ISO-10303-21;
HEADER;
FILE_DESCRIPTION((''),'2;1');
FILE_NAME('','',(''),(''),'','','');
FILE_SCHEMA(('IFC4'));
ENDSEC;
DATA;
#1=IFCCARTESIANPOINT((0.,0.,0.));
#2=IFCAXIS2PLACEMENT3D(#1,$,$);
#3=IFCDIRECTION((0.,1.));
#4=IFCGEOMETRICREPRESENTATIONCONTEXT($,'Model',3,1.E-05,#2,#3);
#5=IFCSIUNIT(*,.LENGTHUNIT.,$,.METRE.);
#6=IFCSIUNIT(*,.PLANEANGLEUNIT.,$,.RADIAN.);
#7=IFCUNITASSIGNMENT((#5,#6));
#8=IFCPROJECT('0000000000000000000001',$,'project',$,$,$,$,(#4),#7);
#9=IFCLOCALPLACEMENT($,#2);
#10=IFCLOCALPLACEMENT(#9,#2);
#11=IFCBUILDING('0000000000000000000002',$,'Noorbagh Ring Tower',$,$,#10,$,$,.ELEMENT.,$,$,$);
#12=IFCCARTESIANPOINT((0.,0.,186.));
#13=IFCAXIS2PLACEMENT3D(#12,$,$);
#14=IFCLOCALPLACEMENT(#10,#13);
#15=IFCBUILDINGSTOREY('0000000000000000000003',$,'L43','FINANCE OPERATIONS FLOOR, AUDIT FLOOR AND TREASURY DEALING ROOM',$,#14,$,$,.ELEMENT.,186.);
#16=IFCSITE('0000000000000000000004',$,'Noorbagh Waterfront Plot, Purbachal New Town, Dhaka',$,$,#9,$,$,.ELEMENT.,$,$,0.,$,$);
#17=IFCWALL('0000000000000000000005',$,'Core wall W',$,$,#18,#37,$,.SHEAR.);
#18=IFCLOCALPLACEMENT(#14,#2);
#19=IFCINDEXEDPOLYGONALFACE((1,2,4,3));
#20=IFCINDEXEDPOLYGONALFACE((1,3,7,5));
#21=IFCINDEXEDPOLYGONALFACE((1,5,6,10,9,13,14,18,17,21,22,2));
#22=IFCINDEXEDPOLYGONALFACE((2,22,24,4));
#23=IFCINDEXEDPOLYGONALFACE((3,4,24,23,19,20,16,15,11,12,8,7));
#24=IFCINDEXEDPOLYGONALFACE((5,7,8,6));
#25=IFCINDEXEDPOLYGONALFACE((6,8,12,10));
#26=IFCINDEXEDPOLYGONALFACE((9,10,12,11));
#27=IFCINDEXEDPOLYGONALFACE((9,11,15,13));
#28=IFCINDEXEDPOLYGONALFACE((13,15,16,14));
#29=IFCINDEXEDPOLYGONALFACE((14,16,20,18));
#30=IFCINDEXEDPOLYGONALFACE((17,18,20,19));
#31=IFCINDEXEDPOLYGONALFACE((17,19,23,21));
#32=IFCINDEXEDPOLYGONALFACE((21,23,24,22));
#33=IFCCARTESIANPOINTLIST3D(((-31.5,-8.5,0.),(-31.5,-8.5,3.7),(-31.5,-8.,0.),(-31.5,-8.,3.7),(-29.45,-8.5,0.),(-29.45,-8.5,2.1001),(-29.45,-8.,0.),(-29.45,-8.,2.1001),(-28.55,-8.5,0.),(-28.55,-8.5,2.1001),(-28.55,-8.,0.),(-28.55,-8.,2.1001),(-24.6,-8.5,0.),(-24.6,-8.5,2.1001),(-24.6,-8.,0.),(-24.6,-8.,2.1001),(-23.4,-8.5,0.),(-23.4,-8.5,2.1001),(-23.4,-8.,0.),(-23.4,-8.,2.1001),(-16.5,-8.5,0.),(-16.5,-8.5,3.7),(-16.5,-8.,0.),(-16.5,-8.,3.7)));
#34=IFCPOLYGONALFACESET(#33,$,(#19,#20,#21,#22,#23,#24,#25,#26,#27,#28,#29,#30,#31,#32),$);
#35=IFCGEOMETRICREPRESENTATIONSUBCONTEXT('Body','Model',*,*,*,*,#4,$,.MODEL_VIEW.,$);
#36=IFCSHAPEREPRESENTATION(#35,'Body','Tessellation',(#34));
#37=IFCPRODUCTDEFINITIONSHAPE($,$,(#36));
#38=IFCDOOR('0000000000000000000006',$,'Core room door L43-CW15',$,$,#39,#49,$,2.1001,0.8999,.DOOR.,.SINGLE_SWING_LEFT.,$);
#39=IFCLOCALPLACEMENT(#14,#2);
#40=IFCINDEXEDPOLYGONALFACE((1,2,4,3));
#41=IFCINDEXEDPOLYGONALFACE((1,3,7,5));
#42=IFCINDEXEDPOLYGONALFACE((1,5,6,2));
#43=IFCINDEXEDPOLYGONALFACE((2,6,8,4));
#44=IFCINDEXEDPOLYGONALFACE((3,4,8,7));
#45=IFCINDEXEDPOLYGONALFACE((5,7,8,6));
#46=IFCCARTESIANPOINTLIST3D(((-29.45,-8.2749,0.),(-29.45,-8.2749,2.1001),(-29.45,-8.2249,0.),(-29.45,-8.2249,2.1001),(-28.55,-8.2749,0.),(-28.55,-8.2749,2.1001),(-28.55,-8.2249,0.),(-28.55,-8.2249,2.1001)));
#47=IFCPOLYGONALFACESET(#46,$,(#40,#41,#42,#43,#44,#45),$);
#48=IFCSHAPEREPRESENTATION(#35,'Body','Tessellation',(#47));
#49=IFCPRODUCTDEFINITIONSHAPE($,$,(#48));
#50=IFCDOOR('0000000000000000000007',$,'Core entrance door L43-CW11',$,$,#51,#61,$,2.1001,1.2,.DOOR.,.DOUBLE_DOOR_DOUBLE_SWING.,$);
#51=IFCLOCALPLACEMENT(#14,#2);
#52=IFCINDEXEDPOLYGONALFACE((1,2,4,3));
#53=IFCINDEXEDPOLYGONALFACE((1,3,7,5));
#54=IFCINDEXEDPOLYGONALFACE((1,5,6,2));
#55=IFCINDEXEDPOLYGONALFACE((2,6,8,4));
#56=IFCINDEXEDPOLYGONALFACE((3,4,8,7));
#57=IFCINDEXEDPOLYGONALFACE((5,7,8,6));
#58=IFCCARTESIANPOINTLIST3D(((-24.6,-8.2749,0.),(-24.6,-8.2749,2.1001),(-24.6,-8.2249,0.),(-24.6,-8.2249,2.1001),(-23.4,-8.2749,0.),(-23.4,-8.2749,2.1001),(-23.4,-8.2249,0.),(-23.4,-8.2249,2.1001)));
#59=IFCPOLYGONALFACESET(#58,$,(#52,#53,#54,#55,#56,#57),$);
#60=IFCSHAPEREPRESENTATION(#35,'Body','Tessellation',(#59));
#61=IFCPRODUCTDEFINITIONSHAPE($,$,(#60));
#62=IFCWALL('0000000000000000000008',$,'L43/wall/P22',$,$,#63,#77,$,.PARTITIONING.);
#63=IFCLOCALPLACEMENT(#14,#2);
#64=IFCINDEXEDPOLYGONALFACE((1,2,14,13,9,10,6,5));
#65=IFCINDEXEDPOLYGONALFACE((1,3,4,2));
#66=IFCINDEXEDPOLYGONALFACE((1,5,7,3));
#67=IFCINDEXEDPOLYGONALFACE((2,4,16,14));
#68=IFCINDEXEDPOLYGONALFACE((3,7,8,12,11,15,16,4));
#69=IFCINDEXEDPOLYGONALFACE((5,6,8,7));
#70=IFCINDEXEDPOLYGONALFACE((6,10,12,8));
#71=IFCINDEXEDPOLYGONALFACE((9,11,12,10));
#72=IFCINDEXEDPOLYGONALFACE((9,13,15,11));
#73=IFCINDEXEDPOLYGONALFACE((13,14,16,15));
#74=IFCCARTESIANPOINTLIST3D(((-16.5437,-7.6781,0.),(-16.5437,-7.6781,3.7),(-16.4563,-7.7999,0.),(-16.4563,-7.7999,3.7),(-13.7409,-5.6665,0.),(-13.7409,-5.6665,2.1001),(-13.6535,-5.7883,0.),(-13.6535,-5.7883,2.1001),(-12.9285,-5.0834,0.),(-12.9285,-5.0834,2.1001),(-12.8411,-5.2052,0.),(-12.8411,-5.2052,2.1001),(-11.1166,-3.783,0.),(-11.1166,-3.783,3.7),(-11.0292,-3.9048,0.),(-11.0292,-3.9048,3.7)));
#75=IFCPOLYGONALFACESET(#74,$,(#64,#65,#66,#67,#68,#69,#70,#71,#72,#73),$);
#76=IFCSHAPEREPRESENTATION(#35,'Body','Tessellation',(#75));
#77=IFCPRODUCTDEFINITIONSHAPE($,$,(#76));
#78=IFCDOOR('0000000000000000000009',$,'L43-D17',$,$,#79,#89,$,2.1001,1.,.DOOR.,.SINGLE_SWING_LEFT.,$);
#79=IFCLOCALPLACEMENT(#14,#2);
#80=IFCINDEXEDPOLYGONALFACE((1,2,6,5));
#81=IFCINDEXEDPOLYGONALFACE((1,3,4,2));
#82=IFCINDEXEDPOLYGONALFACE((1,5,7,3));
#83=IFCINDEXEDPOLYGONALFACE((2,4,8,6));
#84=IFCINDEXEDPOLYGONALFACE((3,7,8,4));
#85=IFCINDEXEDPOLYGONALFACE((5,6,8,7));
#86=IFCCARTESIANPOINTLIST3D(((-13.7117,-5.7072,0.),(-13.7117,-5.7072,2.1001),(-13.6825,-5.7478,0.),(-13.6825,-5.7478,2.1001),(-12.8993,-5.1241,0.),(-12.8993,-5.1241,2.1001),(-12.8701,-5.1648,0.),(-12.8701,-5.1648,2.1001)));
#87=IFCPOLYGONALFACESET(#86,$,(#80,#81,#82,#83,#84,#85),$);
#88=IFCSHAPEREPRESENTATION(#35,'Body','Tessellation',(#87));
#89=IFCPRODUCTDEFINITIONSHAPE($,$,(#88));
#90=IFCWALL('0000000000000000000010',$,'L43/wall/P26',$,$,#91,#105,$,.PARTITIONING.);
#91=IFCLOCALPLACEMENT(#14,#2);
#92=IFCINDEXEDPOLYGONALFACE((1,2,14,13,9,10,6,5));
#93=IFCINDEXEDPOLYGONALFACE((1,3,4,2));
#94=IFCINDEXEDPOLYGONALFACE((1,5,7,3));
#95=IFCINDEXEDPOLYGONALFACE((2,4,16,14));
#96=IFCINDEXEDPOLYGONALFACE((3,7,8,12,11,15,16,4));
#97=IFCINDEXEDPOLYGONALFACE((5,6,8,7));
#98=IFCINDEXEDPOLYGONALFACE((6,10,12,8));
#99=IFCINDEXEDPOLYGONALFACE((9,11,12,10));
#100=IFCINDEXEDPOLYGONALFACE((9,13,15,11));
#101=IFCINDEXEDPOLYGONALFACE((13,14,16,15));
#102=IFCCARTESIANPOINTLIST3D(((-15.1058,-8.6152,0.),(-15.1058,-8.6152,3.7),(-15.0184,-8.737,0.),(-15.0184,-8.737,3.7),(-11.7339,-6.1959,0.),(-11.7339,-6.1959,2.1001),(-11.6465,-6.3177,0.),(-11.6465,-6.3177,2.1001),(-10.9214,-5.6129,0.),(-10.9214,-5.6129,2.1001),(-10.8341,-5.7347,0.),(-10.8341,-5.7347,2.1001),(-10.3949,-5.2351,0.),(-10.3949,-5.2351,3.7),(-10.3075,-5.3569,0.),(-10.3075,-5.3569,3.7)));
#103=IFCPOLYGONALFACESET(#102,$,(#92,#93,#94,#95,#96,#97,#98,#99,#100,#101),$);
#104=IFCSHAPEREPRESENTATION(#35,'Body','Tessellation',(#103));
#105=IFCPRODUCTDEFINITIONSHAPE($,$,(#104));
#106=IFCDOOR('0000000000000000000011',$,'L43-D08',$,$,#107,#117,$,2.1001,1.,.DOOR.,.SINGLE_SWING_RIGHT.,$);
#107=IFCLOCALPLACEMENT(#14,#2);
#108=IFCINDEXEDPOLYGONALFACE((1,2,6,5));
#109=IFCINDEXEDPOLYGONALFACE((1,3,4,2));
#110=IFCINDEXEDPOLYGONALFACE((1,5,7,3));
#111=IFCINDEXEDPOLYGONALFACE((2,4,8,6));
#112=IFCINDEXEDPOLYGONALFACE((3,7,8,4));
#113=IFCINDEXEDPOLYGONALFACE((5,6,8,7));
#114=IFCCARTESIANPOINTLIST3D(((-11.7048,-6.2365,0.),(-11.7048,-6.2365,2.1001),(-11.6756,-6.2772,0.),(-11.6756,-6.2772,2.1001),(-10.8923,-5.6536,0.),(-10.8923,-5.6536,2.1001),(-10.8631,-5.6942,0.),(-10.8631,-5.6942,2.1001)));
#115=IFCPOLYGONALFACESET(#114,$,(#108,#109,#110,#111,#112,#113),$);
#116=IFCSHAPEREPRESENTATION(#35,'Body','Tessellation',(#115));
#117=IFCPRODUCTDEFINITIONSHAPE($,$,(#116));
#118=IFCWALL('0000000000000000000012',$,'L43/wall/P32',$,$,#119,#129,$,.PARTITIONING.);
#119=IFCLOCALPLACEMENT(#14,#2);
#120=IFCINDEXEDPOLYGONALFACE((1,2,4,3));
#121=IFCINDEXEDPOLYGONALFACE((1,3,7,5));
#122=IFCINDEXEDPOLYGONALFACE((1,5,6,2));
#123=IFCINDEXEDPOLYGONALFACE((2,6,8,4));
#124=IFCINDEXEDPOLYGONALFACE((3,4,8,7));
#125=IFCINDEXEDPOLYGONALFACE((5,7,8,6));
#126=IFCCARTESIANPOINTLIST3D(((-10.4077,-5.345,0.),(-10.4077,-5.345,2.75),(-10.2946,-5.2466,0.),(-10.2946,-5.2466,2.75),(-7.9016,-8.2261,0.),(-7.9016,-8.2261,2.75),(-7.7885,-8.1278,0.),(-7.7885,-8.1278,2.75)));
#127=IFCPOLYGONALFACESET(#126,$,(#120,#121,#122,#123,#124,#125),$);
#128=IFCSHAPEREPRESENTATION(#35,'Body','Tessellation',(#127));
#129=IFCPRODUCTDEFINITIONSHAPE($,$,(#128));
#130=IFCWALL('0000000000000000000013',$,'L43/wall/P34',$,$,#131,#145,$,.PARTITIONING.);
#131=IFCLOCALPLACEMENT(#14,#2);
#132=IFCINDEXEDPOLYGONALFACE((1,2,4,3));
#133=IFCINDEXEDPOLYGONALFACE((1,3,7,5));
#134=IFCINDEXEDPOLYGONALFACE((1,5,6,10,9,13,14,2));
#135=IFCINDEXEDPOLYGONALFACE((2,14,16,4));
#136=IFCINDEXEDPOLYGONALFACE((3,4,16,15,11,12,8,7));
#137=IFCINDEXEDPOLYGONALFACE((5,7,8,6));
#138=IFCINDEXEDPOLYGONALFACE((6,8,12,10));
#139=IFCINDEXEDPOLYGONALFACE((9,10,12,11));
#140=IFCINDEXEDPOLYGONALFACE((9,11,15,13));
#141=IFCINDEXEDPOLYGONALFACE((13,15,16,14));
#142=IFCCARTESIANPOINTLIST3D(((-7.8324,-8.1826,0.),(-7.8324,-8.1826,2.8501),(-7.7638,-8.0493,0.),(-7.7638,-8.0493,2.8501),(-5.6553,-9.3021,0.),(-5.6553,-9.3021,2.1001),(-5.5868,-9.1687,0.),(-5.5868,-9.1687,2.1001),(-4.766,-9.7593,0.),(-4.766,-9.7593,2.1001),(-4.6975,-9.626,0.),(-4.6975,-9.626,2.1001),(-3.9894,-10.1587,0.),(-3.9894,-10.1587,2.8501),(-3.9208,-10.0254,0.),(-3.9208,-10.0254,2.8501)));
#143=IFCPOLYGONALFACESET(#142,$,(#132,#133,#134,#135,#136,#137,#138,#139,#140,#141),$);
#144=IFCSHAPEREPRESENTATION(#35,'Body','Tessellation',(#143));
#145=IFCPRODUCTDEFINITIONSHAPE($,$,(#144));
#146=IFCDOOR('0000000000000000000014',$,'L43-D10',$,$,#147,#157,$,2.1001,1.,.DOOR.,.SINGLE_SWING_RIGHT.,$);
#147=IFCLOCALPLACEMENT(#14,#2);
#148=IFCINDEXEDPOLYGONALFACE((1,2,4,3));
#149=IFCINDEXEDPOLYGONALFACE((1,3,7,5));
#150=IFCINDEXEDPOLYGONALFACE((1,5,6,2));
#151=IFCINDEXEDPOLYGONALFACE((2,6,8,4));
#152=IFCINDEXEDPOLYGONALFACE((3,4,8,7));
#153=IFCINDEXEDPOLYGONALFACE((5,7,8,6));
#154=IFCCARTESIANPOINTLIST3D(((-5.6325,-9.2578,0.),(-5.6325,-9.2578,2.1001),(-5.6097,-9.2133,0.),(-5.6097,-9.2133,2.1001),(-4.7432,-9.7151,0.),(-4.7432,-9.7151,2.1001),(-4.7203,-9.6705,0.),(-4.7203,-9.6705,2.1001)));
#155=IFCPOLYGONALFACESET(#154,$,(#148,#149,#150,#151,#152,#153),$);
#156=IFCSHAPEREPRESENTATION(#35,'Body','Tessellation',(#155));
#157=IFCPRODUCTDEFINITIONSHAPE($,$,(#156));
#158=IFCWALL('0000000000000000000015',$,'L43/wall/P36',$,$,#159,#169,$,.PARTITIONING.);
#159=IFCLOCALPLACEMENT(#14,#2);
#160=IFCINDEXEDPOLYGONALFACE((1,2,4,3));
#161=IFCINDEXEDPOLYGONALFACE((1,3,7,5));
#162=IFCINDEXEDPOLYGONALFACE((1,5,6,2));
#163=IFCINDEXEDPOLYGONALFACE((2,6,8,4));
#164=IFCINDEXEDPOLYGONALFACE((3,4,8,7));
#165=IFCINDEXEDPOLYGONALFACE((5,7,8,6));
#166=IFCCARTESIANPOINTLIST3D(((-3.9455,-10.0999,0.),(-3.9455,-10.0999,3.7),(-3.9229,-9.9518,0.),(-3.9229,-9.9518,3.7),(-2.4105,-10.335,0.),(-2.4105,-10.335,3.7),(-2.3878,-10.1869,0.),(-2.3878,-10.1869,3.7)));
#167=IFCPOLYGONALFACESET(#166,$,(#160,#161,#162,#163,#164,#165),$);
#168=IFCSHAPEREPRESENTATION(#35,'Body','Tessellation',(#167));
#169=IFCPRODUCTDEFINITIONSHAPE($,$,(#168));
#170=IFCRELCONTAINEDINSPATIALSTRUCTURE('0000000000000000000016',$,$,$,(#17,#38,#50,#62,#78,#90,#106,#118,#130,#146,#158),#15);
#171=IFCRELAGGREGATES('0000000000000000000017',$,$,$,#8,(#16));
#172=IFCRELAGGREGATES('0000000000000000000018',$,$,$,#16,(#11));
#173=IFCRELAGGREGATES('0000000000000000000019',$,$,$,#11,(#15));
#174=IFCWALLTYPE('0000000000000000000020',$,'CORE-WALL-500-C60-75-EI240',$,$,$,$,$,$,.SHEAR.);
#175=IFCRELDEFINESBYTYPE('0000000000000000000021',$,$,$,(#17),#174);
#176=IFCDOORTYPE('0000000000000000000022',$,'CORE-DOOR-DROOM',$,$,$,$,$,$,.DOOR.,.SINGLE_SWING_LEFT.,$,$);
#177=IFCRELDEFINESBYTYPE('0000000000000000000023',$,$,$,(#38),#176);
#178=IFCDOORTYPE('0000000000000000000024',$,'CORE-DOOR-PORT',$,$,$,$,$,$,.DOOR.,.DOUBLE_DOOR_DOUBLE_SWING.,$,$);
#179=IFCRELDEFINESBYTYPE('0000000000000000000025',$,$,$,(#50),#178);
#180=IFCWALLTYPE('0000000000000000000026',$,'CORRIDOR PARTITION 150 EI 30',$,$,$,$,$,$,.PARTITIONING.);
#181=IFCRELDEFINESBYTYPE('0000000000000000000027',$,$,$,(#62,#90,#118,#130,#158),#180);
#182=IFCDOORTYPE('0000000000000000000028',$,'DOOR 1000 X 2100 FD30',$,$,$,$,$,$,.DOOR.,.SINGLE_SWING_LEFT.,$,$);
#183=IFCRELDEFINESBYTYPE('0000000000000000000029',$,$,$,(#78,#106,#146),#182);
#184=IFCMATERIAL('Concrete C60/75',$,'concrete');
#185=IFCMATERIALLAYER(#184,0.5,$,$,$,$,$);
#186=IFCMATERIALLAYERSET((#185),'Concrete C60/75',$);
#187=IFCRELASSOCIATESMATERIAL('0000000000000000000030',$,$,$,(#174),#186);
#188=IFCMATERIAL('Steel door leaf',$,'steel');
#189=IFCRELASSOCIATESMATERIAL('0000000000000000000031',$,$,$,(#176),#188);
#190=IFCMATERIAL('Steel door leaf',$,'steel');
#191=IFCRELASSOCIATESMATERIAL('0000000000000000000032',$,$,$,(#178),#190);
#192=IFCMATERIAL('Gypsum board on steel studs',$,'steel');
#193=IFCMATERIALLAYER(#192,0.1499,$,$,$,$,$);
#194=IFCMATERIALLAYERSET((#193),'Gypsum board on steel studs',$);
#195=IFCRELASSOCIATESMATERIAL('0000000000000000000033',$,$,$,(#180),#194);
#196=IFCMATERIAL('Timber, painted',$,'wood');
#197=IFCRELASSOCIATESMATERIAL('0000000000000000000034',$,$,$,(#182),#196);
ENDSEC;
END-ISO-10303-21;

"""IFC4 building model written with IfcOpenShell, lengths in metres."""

from ifc_helpers import new_model, si_unit, direction, frame, frame_2d, origin, place, context, subcontext, project, spatial, rectangle, extrude, material, layer, layer_set, type_object, element, fill, save


model = new_model("IFC4")

# Units and contexts
model_context = context("Model", 3, precision=1e-05, world=origin(), true_north=direction((0.0, 1.0)))
body_context = subcontext(model_context, "Body", "Model", "MODEL_VIEW")
ifc_project = project(units=[si_unit("LENGTHUNIT", "METRE"), si_unit("PLANEANGLEUNIT", "RADIAN")], contexts=[model_context])

# Site, building, storey
site_placement = place(None, origin())
site = spatial("IfcSite", under=ifc_project, at=site_placement, Name="Noorbagh Waterfront Plot, Purbachal New Town, Dhaka", CompositionType="ELEMENT", RefElevation=0.0)
building_placement = place(site_placement, origin())
building = spatial("IfcBuilding", under=site, at=building_placement, Name="Noorbagh Ring Tower", CompositionType="ELEMENT")
storey_placement = place(building_placement, frame((0.0, 0.0, 186.0)))
storey = spatial("IfcBuildingStorey", under=building, at=storey_placement, Name="L43", Description="FINANCE OPERATIONS FLOOR, AUDIT FLOOR AND TREASURY DEALING ROOM", CompositionType="ELEMENT", Elevation=186.0)

# Wall, openings, doors
ifc_material_1 = material(Name="Concrete C60/75", Category="concrete")
ifc_layer_1 = layer(ifc_material_1, 0.5)
ifc_layer_set_1 = layer_set([ifc_layer_1], Name="Concrete C60/75")
wall_type_1 = type_object("IfcWallType", Name="CORE-WALL-500-C60-75-EI240", PredefinedType="SHEAR", material=ifc_layer_set_1)
wall_1_placement = place(storey_placement, frame((-16.5, -8.25, 0.0), z_axis=(0.0, 0.0, 1.0), x_axis=(-1.0, 0.0, 0.0)))
wall_1 = element("IfcWall", 1, at=wall_1_placement, inside=storey, type_object=wall_type_1, Name="Core wall W", PredefinedType="SHEAR", context=body_context, shape_type="SweptSolid", body=[
    extrude(rectangle(XDim=15.0, YDim=0.5, at=frame_2d((7.5, 0.0))), origin(), (0.0, 0.0, 1.0), 3.7),
])
opening_1_placement = place(wall_1_placement, frame((6.8999, 0.0, 0.0)))
opening_1 = element("IfcOpeningElement", 2, at=opening_1_placement, cuts=wall_1, PredefinedType="OPENING", context=body_context, shape_type="SweptSolid", body=[
    extrude(rectangle(XDim=1.2, YDim=2.1001, at=frame_2d((0.6001, 1.05))), frame((0.0, 0.26, 0.0), z_axis=(0.0, -1.0, 0.0), x_axis=(1.0, 0.0, 0.0)), (0.0, 0.0, 1.0), 0.52),
])
opening_2_placement = place(wall_1_placement, frame((12.05, 0.0, 0.0)))
opening_2 = element("IfcOpeningElement", 3, at=opening_2_placement, cuts=wall_1, PredefinedType="OPENING", context=body_context, shape_type="SweptSolid", body=[
    extrude(rectangle(XDim=0.8999, YDim=2.1001, at=frame_2d((0.45, 1.05))), frame((0.0, 0.26, 0.0), z_axis=(0.0, -1.0, 0.0), x_axis=(1.0, 0.0, 0.0)), (0.0, 0.0, 1.0), 0.52),
])
ifc_material_2 = material(Name="Steel door leaf", Category="steel")
door_type_1 = type_object("IfcDoorType", Name="CORE-DOOR-DROOM", OperationType="SINGLE_SWING_LEFT", PredefinedType="DOOR", material=ifc_material_2)
door_1_placement = place(opening_2_placement, origin())
door_1 = element("IfcDoor", 4, at=door_1_placement, inside=storey, type_object=door_type_1, Name="Core room door L43-CW15", OperationType="SINGLE_SWING_LEFT", OverallHeight=2.1001, OverallWidth=0.8999, PredefinedType="DOOR", context=body_context, shape_type="SweptSolid", body=[
    extrude(rectangle(XDim=0.8999, YDim=2.1001, at=frame_2d((0.45, 1.05))), frame((0.0, 0.0249, 0.0), z_axis=(0.0, -1.0, 0.0), x_axis=(1.0, 0.0, 0.0)), (0.0, 0.0, 1.0), 0.05),
])
fill(opening_2, door_1)
ifc_material_3 = material(Name="Steel door leaf", Category="steel")
door_type_2 = type_object("IfcDoorType", Name="CORE-DOOR-PORT", OperationType="DOUBLE_DOOR_DOUBLE_SWING", PredefinedType="DOOR", material=ifc_material_3)
door_2_placement = place(opening_1_placement, origin())
door_2 = element("IfcDoor", 5, at=door_2_placement, inside=storey, type_object=door_type_2, Name="Core entrance door L43-CW11", OperationType="DOUBLE_DOOR_DOUBLE_SWING", OverallHeight=2.1001, OverallWidth=1.2, PredefinedType="DOOR", context=body_context, shape_type="SweptSolid", body=[
    extrude(rectangle(XDim=1.2, YDim=2.1001, at=frame_2d((0.6001, 1.05))), frame((0.0, 0.0249, 0.0), z_axis=(0.0, -1.0, 0.0), x_axis=(1.0, 0.0, 0.0)), (0.0, 0.0, 1.0), 0.05),
])
fill(opening_1, door_2)

# Walls, openings, doors
ifc_material_4 = material(Name="Gypsum board on steel studs", Category="steel")
ifc_layer_2 = layer(ifc_material_4, 0.1499)
ifc_layer_set_2 = layer_set([ifc_layer_2], Name="Gypsum board on steel studs")
wall_type_2 = type_object("IfcWallType", Name="CORRIDOR PARTITION 150 EI 30", PredefinedType="PARTITIONING", material=ifc_layer_set_2)
wall_2_placement = place(storey_placement, frame((-16.5, -7.739, 0.0), z_axis=(0.0, 0.0, 1.0), x_axis=(0.812415, 0.583079, 0.0)))
wall_2 = element("IfcWall", 6, at=wall_2_placement, inside=storey, type_object=wall_type_2, Name="L43/wall/P22", PredefinedType="PARTITIONING", context=body_context, shape_type="SweptSolid", body=[
    extrude(rectangle(XDim=6.6802, YDim=0.1499, at=frame_2d((3.3401, 0.0))), origin(), (0.0, 0.0, 1.0), 3.7),
])
opening_3_placement = place(wall_2_placement, frame((3.45, 0.0, 0.0)))
opening_3 = element("IfcOpeningElement", 7, at=opening_3_placement, cuts=wall_2, PredefinedType="OPENING", context=body_context, shape_type="SweptSolid", body=[
    extrude(rectangle(XDim=1.0, YDim=2.1001, at=frame_2d((0.5, 1.05))), frame((0.0, 0.085, 0.0), z_axis=(0.0, -1.0, 0.0), x_axis=(1.0, 0.0, 0.0)), (0.0, 0.0, 1.0), 0.1699),
])
ifc_material_5 = material(Name="Timber, painted", Category="wood")
door_type_3 = type_object("IfcDoorType", Name="DOOR 1000 X 2100 FD30", OperationType="SINGLE_SWING_LEFT", PredefinedType="DOOR", material=ifc_material_5)
door_3_placement = place(opening_3_placement, origin())
door_3 = element("IfcDoor", 8, at=door_3_placement, inside=storey, type_object=door_type_3, Name="L43-D17", OperationType="SINGLE_SWING_LEFT", OverallHeight=2.1001, OverallWidth=1.0, PredefinedType="DOOR", context=body_context, shape_type="SweptSolid", body=[
    extrude(rectangle(XDim=1.0, YDim=2.1001, at=frame_2d((0.5, 1.05))), frame((0.0, 0.0249, 0.0), z_axis=(0.0, -1.0, 0.0), x_axis=(1.0, 0.0, 0.0)), (0.0, 0.0, 1.0), 0.05),
])
fill(opening_3, door_3)
wall_3_placement = place(storey_placement, frame((-15.062, -8.676, 0.0), z_axis=(0.0, 0.0, 1.0), x_axis=(0.812494, 0.58297, 0.0)))
wall_3 = element("IfcWall", 9, at=wall_3_placement, inside=storey, type_object=wall_type_2, Name="L43/wall/P26", PredefinedType="PARTITIONING", context=body_context, shape_type="SweptSolid", body=[
    extrude(rectangle(XDim=5.7981, YDim=0.1499, at=frame_2d((2.8989, 0.0))), origin(), (0.0, 0.0, 1.0), 3.7),
])
opening_4_placement = place(wall_3_placement, frame((4.1499, 0.0, 0.0)))
opening_4 = element("IfcOpeningElement", 10, at=opening_4_placement, cuts=wall_3, PredefinedType="OPENING", context=body_context, shape_type="SweptSolid", body=[
    extrude(rectangle(XDim=1.0, YDim=2.1001, at=frame_2d((0.5, 1.05))), frame((0.0, 0.085, 0.0), z_axis=(0.0, -1.0, 0.0), x_axis=(1.0, 0.0, 0.0)), (0.0, 0.0, 1.0), 0.1699),
])
door_4_placement = place(opening_4_placement, origin())
door_4 = element("IfcDoor", 11, at=door_4_placement, inside=storey, type_object=door_type_3, Name="L43-D08", OperationType="SINGLE_SWING_RIGHT", OverallHeight=2.1001, OverallWidth=1.0, PredefinedType="DOOR", context=body_context, shape_type="SweptSolid", body=[
    extrude(rectangle(XDim=1.0, YDim=2.1001, at=frame_2d((0.5, 1.05))), frame((0.0, 0.0249, 0.0), z_axis=(0.0, -1.0, 0.0), x_axis=(1.0, 0.0, 0.0)), (0.0, 0.0, 1.0), 0.05),
])
fill(opening_4, door_4)

# Wall
wall_4_placement = place(storey_placement, frame((-10.3511, -5.2959, 0.0), z_axis=(0.0, 0.0, 1.0), x_axis=(0.656297, -0.754502, 0.0)))
element("IfcWall", 12, at=wall_4_placement, inside=storey, type_object=wall_type_2, Name="L43/wall/P32", PredefinedType="PARTITIONING", context=body_context, shape_type="SweptSolid", body=[
    extrude(rectangle(XDim=3.8186, YDim=0.1499, at=frame_2d((1.9092, 0.0))), origin(), (0.0, 0.0, 1.0), 2.75),
])

# Wall, opening, door
wall_5_placement = place(storey_placement, frame((-7.7981, -8.116, 0.0), z_axis=(0.0, 0.0, 1.0), x_axis=(0.889319, -0.457287, 0.0)))
wall_5 = element("IfcWall", 13, at=wall_5_placement, inside=storey, type_object=wall_type_2, Name="L43/wall/P34", PredefinedType="PARTITIONING", context=body_context, shape_type="SweptSolid", body=[
    extrude(rectangle(XDim=4.3213, YDim=0.1499, at=frame_2d((2.1606, 0.0))), origin(), (0.0, 0.0, 1.0), 2.8501),
])
opening_5_placement = place(wall_5_placement, frame((2.448, 0.0, 0.0)))
opening_5 = element("IfcOpeningElement", 14, at=opening_5_placement, cuts=wall_5, PredefinedType="OPENING", context=body_context, shape_type="SweptSolid", body=[
    extrude(rectangle(XDim=1.0, YDim=2.1001, at=frame_2d((0.5, 1.05))), frame((0.0, 0.085, 0.0), z_axis=(0.0, -1.0, 0.0), x_axis=(1.0, 0.0, 0.0)), (0.0, 0.0, 1.0), 0.1699),
])
door_5_placement = place(opening_5_placement, origin())
door_5 = element("IfcDoor", 15, at=door_5_placement, inside=storey, type_object=door_type_3, Name="L43-D10", OperationType="SINGLE_SWING_RIGHT", OverallHeight=2.1001, OverallWidth=1.0, PredefinedType="DOOR", context=body_context, shape_type="SweptSolid", body=[
    extrude(rectangle(XDim=1.0, YDim=2.1001, at=frame_2d((0.5, 1.05))), frame((0.0, 0.0249, 0.0), z_axis=(0.0, -1.0, 0.0), x_axis=(1.0, 0.0, 0.0)), (0.0, 0.0, 1.0), 0.05),
])
fill(opening_5, door_5)

# Wall
wall_6_placement = place(storey_placement, frame((-3.9341, -10.0259, 0.0), z_axis=(0.0, 0.0, 1.0), x_axis=(0.988475, -0.151384, 0.0)))
element("IfcWall", 16, at=wall_6_placement, inside=storey, type_object=wall_type_2, Name="L43/wall/P36", PredefinedType="PARTITIONING", context=body_context, shape_type="SweptSolid", body=[
    extrude(rectangle(XDim=1.553, YDim=0.1499, at=frame_2d((0.7764, 0.0))), origin(), (0.0, 0.0, 1.0), 3.7),
])

save(model, "model.ifc")
